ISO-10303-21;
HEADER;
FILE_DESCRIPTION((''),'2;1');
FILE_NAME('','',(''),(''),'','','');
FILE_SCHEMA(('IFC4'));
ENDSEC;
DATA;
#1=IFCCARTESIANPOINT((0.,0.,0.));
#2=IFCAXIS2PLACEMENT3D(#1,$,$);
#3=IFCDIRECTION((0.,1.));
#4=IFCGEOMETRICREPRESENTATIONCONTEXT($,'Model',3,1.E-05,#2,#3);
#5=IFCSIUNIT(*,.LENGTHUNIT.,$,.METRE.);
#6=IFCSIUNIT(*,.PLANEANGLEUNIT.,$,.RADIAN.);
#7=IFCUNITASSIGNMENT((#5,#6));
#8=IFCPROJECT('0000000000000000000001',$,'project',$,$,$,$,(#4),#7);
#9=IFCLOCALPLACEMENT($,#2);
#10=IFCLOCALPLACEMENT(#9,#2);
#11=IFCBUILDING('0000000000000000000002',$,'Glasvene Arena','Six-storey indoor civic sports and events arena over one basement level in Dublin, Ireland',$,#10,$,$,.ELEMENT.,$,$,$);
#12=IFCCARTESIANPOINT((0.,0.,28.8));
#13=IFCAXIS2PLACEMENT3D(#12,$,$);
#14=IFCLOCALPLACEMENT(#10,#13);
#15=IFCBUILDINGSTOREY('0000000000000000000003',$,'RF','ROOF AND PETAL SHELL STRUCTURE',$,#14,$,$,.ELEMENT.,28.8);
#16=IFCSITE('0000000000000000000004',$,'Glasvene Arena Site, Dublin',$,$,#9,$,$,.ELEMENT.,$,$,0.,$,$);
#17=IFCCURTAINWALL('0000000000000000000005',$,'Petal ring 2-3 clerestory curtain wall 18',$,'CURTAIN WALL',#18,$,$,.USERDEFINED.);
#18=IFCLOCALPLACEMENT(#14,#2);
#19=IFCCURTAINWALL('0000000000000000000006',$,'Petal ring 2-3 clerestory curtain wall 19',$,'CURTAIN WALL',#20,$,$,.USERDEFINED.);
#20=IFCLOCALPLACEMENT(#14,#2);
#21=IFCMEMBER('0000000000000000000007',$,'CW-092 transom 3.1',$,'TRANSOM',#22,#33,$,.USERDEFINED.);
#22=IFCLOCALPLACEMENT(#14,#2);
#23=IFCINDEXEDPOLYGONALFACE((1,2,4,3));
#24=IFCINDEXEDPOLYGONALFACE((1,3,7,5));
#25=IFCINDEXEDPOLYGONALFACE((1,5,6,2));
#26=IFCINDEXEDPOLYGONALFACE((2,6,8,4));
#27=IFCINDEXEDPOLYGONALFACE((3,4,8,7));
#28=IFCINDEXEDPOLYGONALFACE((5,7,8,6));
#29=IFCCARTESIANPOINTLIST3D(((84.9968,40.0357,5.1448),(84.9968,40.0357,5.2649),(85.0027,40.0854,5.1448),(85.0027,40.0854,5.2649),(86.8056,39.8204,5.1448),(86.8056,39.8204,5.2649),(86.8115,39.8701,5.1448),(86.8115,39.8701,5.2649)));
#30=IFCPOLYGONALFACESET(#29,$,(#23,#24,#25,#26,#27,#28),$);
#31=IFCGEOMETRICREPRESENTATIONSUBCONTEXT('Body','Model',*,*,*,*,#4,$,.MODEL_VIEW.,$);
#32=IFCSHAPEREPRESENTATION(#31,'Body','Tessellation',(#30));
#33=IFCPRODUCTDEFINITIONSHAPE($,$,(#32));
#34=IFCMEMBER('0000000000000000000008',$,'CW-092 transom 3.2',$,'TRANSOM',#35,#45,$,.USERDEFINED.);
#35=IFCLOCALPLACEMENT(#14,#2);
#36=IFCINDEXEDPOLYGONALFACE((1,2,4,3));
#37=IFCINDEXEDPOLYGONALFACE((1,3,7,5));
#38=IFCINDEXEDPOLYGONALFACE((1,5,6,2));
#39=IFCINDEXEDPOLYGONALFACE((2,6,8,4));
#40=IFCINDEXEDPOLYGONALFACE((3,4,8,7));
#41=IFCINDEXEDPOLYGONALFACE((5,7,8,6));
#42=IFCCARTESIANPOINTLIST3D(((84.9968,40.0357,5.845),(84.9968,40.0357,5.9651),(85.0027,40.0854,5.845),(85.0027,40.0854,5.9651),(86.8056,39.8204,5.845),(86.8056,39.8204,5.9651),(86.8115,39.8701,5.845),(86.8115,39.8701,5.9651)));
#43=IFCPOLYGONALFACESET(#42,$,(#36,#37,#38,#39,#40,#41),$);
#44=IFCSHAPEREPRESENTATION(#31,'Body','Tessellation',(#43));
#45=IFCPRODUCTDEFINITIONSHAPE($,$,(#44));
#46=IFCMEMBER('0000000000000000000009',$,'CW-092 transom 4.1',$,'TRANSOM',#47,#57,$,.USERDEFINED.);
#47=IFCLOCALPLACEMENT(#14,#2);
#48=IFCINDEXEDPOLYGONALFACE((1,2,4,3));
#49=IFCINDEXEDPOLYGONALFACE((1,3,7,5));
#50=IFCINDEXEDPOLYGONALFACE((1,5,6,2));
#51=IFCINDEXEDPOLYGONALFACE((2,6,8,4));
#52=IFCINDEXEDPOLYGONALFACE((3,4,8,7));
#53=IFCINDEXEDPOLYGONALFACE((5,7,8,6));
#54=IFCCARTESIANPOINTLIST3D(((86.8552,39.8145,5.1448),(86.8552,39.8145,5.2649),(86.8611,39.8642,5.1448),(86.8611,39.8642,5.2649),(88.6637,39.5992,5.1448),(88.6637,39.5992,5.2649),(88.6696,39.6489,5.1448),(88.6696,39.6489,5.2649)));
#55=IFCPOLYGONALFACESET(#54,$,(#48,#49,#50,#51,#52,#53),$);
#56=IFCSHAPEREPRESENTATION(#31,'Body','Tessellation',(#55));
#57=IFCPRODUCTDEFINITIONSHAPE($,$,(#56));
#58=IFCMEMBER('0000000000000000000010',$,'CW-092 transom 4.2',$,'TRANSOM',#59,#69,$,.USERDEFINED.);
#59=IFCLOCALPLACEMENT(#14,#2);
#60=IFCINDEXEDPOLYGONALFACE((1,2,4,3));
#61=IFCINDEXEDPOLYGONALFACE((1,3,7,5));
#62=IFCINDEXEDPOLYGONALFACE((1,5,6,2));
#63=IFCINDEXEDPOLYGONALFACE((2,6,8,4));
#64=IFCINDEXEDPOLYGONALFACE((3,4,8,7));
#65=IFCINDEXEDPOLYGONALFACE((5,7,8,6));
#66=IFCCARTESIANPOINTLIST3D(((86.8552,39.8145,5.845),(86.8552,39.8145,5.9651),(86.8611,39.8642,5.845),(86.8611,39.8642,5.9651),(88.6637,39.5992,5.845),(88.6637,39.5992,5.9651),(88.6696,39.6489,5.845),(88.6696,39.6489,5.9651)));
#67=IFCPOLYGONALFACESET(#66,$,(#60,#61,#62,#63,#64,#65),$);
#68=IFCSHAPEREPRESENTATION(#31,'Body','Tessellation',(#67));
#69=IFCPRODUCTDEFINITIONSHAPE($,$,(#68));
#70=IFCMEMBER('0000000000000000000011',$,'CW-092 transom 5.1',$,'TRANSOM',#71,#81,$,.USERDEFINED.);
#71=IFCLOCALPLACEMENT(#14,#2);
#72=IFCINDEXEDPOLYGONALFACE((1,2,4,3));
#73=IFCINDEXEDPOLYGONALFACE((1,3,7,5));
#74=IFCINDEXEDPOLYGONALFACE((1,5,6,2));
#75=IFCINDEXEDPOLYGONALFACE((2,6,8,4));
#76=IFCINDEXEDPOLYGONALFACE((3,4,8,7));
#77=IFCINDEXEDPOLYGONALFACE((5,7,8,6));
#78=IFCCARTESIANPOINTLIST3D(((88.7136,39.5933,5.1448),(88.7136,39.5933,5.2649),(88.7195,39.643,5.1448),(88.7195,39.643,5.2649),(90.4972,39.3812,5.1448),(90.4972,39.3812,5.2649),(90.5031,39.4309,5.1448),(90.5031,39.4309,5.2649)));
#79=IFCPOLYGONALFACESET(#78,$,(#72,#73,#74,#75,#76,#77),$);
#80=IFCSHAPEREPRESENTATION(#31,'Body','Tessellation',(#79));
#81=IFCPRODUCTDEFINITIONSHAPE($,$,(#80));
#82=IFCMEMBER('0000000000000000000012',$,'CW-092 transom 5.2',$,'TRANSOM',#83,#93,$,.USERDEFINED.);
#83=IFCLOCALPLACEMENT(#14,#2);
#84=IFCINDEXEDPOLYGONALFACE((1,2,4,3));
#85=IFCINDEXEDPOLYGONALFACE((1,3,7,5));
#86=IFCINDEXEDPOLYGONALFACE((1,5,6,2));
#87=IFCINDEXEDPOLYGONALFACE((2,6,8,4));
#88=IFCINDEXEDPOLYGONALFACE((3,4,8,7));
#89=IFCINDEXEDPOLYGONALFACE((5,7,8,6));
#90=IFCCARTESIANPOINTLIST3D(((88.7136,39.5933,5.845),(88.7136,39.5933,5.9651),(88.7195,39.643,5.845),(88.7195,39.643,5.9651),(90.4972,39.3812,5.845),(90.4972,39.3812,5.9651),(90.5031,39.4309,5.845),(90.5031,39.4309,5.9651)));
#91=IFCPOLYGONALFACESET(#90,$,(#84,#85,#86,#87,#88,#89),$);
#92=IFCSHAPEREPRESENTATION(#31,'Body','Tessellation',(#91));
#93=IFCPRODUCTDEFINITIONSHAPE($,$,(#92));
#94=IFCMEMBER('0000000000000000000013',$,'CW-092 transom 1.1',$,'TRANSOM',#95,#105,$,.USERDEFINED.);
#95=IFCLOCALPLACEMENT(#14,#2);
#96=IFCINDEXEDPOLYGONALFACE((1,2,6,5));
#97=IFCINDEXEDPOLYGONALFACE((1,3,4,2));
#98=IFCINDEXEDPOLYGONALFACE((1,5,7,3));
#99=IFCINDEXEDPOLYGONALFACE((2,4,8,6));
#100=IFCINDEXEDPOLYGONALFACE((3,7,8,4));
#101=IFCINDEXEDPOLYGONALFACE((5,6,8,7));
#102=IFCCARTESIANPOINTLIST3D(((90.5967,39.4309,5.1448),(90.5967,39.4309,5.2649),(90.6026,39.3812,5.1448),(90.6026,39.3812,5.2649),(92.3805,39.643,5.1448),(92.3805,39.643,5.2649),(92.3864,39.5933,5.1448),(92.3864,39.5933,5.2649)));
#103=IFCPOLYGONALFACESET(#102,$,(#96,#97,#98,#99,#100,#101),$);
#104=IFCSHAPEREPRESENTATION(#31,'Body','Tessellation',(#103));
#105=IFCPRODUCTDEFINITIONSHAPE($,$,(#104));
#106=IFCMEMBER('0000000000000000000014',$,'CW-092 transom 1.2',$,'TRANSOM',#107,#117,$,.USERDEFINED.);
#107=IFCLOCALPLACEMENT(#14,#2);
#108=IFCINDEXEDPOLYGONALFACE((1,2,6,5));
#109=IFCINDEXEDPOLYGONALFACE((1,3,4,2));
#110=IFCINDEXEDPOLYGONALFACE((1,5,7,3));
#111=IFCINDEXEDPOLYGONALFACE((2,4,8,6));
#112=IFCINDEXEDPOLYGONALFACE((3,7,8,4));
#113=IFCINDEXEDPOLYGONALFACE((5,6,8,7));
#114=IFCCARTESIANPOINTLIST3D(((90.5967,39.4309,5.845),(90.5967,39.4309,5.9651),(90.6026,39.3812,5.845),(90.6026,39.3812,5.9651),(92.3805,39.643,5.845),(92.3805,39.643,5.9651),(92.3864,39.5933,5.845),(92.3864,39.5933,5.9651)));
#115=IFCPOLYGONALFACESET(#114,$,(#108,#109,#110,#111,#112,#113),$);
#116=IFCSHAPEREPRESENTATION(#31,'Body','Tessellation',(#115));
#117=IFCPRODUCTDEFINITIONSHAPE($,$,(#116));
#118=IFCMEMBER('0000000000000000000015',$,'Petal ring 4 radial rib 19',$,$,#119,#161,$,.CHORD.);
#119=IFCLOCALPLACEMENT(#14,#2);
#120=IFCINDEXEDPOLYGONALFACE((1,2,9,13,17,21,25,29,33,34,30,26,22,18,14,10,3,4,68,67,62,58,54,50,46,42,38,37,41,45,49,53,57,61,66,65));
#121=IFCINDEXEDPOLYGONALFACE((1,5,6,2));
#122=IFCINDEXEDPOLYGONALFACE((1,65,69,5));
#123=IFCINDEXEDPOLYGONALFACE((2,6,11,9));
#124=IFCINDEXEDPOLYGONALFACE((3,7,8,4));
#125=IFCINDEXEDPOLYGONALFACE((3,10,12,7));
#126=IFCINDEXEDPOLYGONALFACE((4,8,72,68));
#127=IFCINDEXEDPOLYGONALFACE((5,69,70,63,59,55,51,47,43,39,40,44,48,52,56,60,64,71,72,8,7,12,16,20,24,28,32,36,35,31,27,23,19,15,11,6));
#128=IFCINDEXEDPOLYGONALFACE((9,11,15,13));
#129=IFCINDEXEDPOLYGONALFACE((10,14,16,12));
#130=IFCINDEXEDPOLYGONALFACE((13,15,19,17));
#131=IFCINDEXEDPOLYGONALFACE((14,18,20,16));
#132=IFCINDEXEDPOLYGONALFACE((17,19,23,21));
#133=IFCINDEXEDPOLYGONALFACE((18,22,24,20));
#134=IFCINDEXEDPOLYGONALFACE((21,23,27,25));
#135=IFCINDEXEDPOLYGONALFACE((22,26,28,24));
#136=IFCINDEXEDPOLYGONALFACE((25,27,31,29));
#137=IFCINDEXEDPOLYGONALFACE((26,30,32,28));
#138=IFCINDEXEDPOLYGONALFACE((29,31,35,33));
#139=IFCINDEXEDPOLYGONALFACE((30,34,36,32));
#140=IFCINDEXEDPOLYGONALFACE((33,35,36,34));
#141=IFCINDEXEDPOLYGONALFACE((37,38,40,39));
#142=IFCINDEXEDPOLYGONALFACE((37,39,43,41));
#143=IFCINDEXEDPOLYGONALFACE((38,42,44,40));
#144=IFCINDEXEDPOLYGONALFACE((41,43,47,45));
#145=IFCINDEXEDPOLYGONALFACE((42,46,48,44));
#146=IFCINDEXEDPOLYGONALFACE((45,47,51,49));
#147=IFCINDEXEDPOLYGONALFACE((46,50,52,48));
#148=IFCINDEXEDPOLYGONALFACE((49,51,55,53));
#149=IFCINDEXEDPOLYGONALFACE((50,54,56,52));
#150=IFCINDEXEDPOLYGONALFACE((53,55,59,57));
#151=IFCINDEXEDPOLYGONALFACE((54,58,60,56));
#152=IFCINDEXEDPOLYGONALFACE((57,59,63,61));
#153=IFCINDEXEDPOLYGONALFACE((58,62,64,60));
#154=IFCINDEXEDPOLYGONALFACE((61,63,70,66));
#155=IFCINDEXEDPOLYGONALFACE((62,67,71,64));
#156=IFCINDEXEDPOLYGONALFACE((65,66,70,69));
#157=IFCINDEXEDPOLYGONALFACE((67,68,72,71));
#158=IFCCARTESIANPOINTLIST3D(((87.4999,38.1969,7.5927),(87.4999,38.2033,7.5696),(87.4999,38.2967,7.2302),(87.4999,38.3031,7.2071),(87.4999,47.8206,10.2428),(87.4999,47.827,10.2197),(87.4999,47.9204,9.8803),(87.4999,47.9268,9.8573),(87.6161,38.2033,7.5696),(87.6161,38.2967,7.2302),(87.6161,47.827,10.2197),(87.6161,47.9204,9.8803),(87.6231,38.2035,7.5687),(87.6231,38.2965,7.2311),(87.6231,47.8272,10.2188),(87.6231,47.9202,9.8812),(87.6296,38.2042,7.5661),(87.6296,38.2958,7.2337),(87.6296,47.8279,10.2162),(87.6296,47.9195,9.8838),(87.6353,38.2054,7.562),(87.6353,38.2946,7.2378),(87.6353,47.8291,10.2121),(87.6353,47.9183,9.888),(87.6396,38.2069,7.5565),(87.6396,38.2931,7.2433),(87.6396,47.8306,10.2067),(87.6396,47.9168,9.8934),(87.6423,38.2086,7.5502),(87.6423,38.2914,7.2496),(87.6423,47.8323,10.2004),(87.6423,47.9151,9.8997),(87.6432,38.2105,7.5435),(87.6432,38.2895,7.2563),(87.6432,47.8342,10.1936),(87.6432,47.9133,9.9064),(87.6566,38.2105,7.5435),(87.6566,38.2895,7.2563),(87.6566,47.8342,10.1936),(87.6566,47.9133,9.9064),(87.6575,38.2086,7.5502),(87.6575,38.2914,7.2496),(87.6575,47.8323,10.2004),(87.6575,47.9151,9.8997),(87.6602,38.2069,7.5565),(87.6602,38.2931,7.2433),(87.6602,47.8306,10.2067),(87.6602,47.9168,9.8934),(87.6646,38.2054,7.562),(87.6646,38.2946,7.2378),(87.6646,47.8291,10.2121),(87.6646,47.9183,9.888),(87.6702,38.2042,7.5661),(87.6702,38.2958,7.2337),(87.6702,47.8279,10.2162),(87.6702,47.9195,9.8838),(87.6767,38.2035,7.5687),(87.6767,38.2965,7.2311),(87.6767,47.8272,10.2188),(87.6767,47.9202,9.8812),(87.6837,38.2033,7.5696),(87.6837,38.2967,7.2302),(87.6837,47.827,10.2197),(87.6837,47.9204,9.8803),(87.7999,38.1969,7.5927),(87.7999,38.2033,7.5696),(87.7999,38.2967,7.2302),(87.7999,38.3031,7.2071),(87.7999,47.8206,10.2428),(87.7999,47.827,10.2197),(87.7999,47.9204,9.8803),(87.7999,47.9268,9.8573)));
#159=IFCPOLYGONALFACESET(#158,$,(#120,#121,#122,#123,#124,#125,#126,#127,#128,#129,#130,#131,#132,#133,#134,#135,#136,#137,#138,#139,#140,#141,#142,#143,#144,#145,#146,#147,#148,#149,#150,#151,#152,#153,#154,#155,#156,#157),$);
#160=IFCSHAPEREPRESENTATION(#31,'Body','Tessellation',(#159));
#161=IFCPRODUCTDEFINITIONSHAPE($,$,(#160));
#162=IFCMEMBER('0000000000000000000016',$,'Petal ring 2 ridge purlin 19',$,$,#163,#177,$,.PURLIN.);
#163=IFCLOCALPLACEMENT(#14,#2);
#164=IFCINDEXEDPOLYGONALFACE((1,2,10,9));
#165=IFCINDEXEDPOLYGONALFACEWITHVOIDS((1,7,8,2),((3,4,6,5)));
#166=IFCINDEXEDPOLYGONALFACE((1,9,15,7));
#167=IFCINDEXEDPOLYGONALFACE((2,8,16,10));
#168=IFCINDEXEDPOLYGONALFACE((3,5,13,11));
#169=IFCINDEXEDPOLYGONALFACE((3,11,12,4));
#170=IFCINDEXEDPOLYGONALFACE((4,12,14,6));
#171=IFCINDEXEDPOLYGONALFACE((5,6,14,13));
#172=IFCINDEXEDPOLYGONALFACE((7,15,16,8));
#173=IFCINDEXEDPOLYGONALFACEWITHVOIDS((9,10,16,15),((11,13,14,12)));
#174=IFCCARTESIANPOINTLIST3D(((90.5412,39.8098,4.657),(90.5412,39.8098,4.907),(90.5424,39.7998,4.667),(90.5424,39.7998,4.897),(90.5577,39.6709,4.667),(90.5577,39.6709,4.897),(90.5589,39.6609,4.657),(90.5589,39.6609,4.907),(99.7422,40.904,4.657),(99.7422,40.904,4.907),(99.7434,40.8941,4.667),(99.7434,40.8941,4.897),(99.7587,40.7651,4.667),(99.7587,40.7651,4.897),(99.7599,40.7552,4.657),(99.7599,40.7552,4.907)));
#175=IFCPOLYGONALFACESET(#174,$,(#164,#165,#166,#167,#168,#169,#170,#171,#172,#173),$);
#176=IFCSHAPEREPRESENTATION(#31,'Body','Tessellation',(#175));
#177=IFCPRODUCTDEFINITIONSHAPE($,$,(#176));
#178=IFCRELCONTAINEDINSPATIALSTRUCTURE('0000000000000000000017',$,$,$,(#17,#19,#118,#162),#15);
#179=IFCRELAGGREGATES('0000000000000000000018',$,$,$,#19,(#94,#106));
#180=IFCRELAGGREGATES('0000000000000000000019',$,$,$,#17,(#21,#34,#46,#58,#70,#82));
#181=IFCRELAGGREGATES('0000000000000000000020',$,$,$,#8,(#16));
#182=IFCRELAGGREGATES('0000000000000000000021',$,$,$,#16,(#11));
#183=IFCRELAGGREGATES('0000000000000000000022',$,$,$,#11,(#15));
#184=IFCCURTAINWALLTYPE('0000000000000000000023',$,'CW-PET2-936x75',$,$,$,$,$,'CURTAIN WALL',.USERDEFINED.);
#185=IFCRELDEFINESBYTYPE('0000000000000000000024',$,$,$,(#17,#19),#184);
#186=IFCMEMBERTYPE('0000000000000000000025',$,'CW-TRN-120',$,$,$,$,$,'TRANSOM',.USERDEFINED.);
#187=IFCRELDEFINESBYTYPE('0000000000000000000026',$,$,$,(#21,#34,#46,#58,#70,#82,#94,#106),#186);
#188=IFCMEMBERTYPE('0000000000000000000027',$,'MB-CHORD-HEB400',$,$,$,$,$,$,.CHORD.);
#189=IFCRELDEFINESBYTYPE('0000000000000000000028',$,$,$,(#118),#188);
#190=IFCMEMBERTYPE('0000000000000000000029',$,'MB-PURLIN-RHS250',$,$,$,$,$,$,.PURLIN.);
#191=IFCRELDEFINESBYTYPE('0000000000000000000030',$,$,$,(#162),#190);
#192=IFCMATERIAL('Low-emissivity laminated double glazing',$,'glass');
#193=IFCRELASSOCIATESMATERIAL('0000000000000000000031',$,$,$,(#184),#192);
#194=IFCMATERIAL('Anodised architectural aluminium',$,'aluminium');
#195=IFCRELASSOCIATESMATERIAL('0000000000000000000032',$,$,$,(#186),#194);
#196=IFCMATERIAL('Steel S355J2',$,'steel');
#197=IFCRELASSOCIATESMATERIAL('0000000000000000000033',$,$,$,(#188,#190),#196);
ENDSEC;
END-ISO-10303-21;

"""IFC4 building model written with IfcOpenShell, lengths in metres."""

from ifc_helpers import new_model, si_unit, direction, frame, origin, origin_2d, place, context, subcontext, project, spatial, rectangle, hollow_rectangle, i_section, extrude, material, material_profile, profile_set, type_object, element, aggregate, save


model = new_model("IFC4")

# Units and contexts
model_context = context("Model", 3, precision=1e-05, world=origin(), true_north=direction((0.0, 1.0)))
body_context = subcontext(model_context, "Body", "Model", "MODEL_VIEW")
ifc_project = project(units=[si_unit("LENGTHUNIT", "METRE"), si_unit("PLANEANGLEUNIT", "RADIAN")], contexts=[model_context])

# Site, building, storey
site_placement = place(None, origin())
site = spatial("IfcSite", under=ifc_project, at=site_placement, Name="Glasvene Arena Site, Dublin", CompositionType="ELEMENT", RefElevation=0.0)
building_placement = place(site_placement, origin())
building = spatial("IfcBuilding", under=site, at=building_placement, Name="Glasvene Arena", Description="Six-storey indoor civic sports and events arena over one basement level in Dublin, Ireland", CompositionType="ELEMENT")
storey_placement = place(building_placement, frame((0.0, 0.0, 28.8)))
storey = spatial("IfcBuildingStorey", under=building, at=storey_placement, Name="RF", Description="ROOF AND PETAL SHELL STRUCTURE", CompositionType="ELEMENT", Elevation=28.8)

# Curtain wall
ifc_material_1 = material(Name="Low-emissivity laminated double glazing", Category="glass")
ifc_material_2 = material(Name="Anodised architectural aluminium", Category="aluminium")
curtain_wall_type_1 = type_object("IfcCurtainWallType", Name="CW-PET2-936x75", ElementType="CURTAIN WALL", PredefinedType="USERDEFINED", material=ifc_material_1)
curtain_wall_1_placement = place(storey_placement, frame((81.2583, 40.5056, 0.0)))
curtain_wall_1 = element("IfcCurtainWall", 1, at=curtain_wall_1_placement, inside=storey, type_object=curtain_wall_type_1, Name="Petal ring 2-3 clerestory curtain wall 18", ObjectType="CURTAIN WALL", PredefinedType="USERDEFINED")

# Curtain wall
curtain_wall_2_placement = place(storey_placement, frame((90.55, 39.3999, 0.0)))
curtain_wall_2 = element("IfcCurtainWall", 2, at=curtain_wall_2_placement, inside=storey, type_object=curtain_wall_type_1, Name="Petal ring 2-3 clerestory curtain wall 19", ObjectType="CURTAIN WALL", PredefinedType="USERDEFINED")

# Members
ifc_material_profile_1 = material_profile(ifc_material_2, rectangle(XDim=0.05, YDim=0.1201, at=origin_2d()), Name="ALU TRANSOM 50x120")
ifc_profile_set_1 = profile_set([ifc_material_profile_1], Name="Anodised architectural aluminium")
member_type_1 = type_object("IfcMemberType", Name="CW-TRN-120", ElementType="TRANSOM", PredefinedType="USERDEFINED", material=ifc_profile_set_1)
member_1_placement = place(storey_placement, frame((84.9998, 40.0605, 5.2048), z_axis=(0.992989, -0.11821, 0.0), x_axis=(0.11821, 0.992989, 0.0)))
member_1 = element("IfcMember", 3, at=member_1_placement, type_object=member_type_1, Name="CW-092 transom 3.1", ObjectType="TRANSOM", PredefinedType="USERDEFINED", context=body_context, shape_type="SweptSolid", body=[
    extrude(rectangle(XDim=0.05, YDim=0.1201, at=origin_2d()), origin(), (0.0, 0.0, 1.0), 1.8215),
])
member_2_placement = place(storey_placement, frame((84.9998, 40.0605, 5.905), z_axis=(0.992989, -0.11821, 0.0), x_axis=(0.11821, 0.992989, 0.0)))
member_2 = element("IfcMember", 4, at=member_2_placement, type_object=member_type_1, Name="CW-092 transom 3.2", ObjectType="TRANSOM", PredefinedType="USERDEFINED", context=body_context, shape_type="SweptSolid", body=[
    extrude(rectangle(XDim=0.05, YDim=0.1201, at=origin_2d()), origin(), (0.0, 0.0, 1.0), 1.8215),
])
member_3_placement = place(storey_placement, frame((86.8582, 39.8394, 5.2048), z_axis=(0.992987, -0.118225, 0.0), x_axis=(0.118225, 0.992987, 0.0)))
member_3 = element("IfcMember", 5, at=member_3_placement, type_object=member_type_1, Name="CW-092 transom 4.1", ObjectType="TRANSOM", PredefinedType="USERDEFINED", context=body_context, shape_type="SweptSolid", body=[
    extrude(rectangle(XDim=0.05, YDim=0.1201, at=origin_2d()), origin(), (0.0, 0.0, 1.0), 1.8213),
])
member_4_placement = place(storey_placement, frame((86.8582, 39.8394, 5.905), z_axis=(0.992987, -0.118225, 0.0), x_axis=(0.118225, 0.992987, 0.0)))
member_4 = element("IfcMember", 6, at=member_4_placement, type_object=member_type_1, Name="CW-092 transom 4.2", ObjectType="TRANSOM", PredefinedType="USERDEFINED", context=body_context, shape_type="SweptSolid", body=[
    extrude(rectangle(XDim=0.05, YDim=0.1201, at=origin_2d()), origin(), (0.0, 0.0, 1.0), 1.8213),
])
member_5_placement = place(storey_placement, frame((88.7166, 39.6182, 5.2048), z_axis=(0.993, -0.118111, 0.0), x_axis=(0.118111, 0.993, 0.0)))
member_5 = element("IfcMember", 7, at=member_5_placement, type_object=member_type_1, Name="CW-092 transom 5.1", ObjectType="TRANSOM", PredefinedType="USERDEFINED", context=body_context, shape_type="SweptSolid", body=[
    extrude(rectangle(XDim=0.05, YDim=0.1201, at=origin_2d()), origin(), (0.0, 0.0, 1.0), 1.7961),
])
member_6_placement = place(storey_placement, frame((88.7166, 39.6182, 5.905), z_axis=(0.993, -0.118111, 0.0), x_axis=(0.118111, 0.993, 0.0)))
member_6 = element("IfcMember", 8, at=member_6_placement, type_object=member_type_1, Name="CW-092 transom 5.2", ObjectType="TRANSOM", PredefinedType="USERDEFINED", context=body_context, shape_type="SweptSolid", body=[
    extrude(rectangle(XDim=0.05, YDim=0.1201, at=origin_2d()), origin(), (0.0, 0.0, 1.0), 1.7961),
])
member_7_placement = place(storey_placement, frame((90.5996, 39.406, 5.2048), z_axis=(0.993002, 0.118095, 0.0), x_axis=(-0.118095, 0.993002, 0.0)))
member_7 = element("IfcMember", 9, at=member_7_placement, type_object=member_type_1, Name="CW-092 transom 1.1", ObjectType="TRANSOM", PredefinedType="USERDEFINED", context=body_context, shape_type="SweptSolid", body=[
    extrude(rectangle(XDim=0.05, YDim=0.1201, at=origin_2d()), origin(), (0.0, 0.0, 1.0), 1.7964),
])
member_8_placement = place(storey_placement, frame((90.5996, 39.406, 5.905), z_axis=(0.993002, 0.118095, 0.0), x_axis=(-0.118095, 0.993002, 0.0)))
member_8 = element("IfcMember", 10, at=member_8_placement, type_object=member_type_1, Name="CW-092 transom 1.2", ObjectType="TRANSOM", PredefinedType="USERDEFINED", context=body_context, shape_type="SweptSolid", body=[
    extrude(rectangle(XDim=0.05, YDim=0.1201, at=origin_2d()), origin(), (0.0, 0.0, 1.0), 1.7964),
])
aggregate(curtain_wall_2, [member_7, member_8])

# Members
ifc_material_3 = material(Name="Steel S355J2", Category="steel")
ifc_material_profile_2 = material_profile(ifc_material_3, i_section(OverallWidth=0.3, OverallDepth=0.3999, WebThickness=0.0134, FlangeThickness=0.0239, FilletRadius=0.0271, at=origin_2d()), Name="HEB 400")
ifc_profile_set_2 = profile_set([ifc_material_profile_2], Name="Steel S355J2")
member_type_2 = type_object("IfcMemberType", Name="MB-CHORD-HEB400", PredefinedType="CHORD", material=ifc_profile_set_2)
member_9_placement = place(storey_placement, frame((87.6499, 38.25, 7.3999), z_axis=(0.0, 0.964113, 0.265492), x_axis=(-1.0, 0.0, 0.0)))
element("IfcMember", 11, at=member_9_placement, inside=storey, type_object=member_type_2, Name="Petal ring 4 radial rib 19", PredefinedType="CHORD", context=body_context, shape_type="SweptSolid", body=[
    extrude(i_section(OverallWidth=0.3, OverallDepth=0.3999, WebThickness=0.0134, FlangeThickness=0.0239, FilletRadius=0.0271, at=origin_2d()), origin(), (0.0, 0.0, 1.0), 9.9819),
])
ifc_material_profile_3 = material_profile(ifc_material_3, hollow_rectangle(XDim=0.1499, YDim=0.25, WallThickness=0.01, at=origin_2d()), Name="RHS 250x150x10.0")
ifc_profile_set_3 = profile_set([ifc_material_profile_3], Name="Steel S355J2")
member_type_3 = type_object("IfcMemberType", Name="MB-PURLIN-RHS250", PredefinedType="PURLIN", material=ifc_profile_set_3)
member_10_placement = place(storey_placement, frame((90.55, 39.7354, 4.782), z_axis=(0.993002, 0.118095, 0.0), x_axis=(-0.118095, 0.993002, 0.0)))
element("IfcMember", 12, at=member_10_placement, inside=storey, type_object=member_type_3, Name="Petal ring 2 ridge purlin 19", PredefinedType="PURLIN", context=body_context, shape_type="SweptSolid", body=[
    extrude(hollow_rectangle(XDim=0.1499, YDim=0.25, WallThickness=0.01, at=origin_2d()), origin(), (0.0, 0.0, 1.0), 9.2659),
])

aggregate(curtain_wall_1, [member_1, member_2, member_3, member_4, member_5, member_6])

save(model, "model.ifc")
